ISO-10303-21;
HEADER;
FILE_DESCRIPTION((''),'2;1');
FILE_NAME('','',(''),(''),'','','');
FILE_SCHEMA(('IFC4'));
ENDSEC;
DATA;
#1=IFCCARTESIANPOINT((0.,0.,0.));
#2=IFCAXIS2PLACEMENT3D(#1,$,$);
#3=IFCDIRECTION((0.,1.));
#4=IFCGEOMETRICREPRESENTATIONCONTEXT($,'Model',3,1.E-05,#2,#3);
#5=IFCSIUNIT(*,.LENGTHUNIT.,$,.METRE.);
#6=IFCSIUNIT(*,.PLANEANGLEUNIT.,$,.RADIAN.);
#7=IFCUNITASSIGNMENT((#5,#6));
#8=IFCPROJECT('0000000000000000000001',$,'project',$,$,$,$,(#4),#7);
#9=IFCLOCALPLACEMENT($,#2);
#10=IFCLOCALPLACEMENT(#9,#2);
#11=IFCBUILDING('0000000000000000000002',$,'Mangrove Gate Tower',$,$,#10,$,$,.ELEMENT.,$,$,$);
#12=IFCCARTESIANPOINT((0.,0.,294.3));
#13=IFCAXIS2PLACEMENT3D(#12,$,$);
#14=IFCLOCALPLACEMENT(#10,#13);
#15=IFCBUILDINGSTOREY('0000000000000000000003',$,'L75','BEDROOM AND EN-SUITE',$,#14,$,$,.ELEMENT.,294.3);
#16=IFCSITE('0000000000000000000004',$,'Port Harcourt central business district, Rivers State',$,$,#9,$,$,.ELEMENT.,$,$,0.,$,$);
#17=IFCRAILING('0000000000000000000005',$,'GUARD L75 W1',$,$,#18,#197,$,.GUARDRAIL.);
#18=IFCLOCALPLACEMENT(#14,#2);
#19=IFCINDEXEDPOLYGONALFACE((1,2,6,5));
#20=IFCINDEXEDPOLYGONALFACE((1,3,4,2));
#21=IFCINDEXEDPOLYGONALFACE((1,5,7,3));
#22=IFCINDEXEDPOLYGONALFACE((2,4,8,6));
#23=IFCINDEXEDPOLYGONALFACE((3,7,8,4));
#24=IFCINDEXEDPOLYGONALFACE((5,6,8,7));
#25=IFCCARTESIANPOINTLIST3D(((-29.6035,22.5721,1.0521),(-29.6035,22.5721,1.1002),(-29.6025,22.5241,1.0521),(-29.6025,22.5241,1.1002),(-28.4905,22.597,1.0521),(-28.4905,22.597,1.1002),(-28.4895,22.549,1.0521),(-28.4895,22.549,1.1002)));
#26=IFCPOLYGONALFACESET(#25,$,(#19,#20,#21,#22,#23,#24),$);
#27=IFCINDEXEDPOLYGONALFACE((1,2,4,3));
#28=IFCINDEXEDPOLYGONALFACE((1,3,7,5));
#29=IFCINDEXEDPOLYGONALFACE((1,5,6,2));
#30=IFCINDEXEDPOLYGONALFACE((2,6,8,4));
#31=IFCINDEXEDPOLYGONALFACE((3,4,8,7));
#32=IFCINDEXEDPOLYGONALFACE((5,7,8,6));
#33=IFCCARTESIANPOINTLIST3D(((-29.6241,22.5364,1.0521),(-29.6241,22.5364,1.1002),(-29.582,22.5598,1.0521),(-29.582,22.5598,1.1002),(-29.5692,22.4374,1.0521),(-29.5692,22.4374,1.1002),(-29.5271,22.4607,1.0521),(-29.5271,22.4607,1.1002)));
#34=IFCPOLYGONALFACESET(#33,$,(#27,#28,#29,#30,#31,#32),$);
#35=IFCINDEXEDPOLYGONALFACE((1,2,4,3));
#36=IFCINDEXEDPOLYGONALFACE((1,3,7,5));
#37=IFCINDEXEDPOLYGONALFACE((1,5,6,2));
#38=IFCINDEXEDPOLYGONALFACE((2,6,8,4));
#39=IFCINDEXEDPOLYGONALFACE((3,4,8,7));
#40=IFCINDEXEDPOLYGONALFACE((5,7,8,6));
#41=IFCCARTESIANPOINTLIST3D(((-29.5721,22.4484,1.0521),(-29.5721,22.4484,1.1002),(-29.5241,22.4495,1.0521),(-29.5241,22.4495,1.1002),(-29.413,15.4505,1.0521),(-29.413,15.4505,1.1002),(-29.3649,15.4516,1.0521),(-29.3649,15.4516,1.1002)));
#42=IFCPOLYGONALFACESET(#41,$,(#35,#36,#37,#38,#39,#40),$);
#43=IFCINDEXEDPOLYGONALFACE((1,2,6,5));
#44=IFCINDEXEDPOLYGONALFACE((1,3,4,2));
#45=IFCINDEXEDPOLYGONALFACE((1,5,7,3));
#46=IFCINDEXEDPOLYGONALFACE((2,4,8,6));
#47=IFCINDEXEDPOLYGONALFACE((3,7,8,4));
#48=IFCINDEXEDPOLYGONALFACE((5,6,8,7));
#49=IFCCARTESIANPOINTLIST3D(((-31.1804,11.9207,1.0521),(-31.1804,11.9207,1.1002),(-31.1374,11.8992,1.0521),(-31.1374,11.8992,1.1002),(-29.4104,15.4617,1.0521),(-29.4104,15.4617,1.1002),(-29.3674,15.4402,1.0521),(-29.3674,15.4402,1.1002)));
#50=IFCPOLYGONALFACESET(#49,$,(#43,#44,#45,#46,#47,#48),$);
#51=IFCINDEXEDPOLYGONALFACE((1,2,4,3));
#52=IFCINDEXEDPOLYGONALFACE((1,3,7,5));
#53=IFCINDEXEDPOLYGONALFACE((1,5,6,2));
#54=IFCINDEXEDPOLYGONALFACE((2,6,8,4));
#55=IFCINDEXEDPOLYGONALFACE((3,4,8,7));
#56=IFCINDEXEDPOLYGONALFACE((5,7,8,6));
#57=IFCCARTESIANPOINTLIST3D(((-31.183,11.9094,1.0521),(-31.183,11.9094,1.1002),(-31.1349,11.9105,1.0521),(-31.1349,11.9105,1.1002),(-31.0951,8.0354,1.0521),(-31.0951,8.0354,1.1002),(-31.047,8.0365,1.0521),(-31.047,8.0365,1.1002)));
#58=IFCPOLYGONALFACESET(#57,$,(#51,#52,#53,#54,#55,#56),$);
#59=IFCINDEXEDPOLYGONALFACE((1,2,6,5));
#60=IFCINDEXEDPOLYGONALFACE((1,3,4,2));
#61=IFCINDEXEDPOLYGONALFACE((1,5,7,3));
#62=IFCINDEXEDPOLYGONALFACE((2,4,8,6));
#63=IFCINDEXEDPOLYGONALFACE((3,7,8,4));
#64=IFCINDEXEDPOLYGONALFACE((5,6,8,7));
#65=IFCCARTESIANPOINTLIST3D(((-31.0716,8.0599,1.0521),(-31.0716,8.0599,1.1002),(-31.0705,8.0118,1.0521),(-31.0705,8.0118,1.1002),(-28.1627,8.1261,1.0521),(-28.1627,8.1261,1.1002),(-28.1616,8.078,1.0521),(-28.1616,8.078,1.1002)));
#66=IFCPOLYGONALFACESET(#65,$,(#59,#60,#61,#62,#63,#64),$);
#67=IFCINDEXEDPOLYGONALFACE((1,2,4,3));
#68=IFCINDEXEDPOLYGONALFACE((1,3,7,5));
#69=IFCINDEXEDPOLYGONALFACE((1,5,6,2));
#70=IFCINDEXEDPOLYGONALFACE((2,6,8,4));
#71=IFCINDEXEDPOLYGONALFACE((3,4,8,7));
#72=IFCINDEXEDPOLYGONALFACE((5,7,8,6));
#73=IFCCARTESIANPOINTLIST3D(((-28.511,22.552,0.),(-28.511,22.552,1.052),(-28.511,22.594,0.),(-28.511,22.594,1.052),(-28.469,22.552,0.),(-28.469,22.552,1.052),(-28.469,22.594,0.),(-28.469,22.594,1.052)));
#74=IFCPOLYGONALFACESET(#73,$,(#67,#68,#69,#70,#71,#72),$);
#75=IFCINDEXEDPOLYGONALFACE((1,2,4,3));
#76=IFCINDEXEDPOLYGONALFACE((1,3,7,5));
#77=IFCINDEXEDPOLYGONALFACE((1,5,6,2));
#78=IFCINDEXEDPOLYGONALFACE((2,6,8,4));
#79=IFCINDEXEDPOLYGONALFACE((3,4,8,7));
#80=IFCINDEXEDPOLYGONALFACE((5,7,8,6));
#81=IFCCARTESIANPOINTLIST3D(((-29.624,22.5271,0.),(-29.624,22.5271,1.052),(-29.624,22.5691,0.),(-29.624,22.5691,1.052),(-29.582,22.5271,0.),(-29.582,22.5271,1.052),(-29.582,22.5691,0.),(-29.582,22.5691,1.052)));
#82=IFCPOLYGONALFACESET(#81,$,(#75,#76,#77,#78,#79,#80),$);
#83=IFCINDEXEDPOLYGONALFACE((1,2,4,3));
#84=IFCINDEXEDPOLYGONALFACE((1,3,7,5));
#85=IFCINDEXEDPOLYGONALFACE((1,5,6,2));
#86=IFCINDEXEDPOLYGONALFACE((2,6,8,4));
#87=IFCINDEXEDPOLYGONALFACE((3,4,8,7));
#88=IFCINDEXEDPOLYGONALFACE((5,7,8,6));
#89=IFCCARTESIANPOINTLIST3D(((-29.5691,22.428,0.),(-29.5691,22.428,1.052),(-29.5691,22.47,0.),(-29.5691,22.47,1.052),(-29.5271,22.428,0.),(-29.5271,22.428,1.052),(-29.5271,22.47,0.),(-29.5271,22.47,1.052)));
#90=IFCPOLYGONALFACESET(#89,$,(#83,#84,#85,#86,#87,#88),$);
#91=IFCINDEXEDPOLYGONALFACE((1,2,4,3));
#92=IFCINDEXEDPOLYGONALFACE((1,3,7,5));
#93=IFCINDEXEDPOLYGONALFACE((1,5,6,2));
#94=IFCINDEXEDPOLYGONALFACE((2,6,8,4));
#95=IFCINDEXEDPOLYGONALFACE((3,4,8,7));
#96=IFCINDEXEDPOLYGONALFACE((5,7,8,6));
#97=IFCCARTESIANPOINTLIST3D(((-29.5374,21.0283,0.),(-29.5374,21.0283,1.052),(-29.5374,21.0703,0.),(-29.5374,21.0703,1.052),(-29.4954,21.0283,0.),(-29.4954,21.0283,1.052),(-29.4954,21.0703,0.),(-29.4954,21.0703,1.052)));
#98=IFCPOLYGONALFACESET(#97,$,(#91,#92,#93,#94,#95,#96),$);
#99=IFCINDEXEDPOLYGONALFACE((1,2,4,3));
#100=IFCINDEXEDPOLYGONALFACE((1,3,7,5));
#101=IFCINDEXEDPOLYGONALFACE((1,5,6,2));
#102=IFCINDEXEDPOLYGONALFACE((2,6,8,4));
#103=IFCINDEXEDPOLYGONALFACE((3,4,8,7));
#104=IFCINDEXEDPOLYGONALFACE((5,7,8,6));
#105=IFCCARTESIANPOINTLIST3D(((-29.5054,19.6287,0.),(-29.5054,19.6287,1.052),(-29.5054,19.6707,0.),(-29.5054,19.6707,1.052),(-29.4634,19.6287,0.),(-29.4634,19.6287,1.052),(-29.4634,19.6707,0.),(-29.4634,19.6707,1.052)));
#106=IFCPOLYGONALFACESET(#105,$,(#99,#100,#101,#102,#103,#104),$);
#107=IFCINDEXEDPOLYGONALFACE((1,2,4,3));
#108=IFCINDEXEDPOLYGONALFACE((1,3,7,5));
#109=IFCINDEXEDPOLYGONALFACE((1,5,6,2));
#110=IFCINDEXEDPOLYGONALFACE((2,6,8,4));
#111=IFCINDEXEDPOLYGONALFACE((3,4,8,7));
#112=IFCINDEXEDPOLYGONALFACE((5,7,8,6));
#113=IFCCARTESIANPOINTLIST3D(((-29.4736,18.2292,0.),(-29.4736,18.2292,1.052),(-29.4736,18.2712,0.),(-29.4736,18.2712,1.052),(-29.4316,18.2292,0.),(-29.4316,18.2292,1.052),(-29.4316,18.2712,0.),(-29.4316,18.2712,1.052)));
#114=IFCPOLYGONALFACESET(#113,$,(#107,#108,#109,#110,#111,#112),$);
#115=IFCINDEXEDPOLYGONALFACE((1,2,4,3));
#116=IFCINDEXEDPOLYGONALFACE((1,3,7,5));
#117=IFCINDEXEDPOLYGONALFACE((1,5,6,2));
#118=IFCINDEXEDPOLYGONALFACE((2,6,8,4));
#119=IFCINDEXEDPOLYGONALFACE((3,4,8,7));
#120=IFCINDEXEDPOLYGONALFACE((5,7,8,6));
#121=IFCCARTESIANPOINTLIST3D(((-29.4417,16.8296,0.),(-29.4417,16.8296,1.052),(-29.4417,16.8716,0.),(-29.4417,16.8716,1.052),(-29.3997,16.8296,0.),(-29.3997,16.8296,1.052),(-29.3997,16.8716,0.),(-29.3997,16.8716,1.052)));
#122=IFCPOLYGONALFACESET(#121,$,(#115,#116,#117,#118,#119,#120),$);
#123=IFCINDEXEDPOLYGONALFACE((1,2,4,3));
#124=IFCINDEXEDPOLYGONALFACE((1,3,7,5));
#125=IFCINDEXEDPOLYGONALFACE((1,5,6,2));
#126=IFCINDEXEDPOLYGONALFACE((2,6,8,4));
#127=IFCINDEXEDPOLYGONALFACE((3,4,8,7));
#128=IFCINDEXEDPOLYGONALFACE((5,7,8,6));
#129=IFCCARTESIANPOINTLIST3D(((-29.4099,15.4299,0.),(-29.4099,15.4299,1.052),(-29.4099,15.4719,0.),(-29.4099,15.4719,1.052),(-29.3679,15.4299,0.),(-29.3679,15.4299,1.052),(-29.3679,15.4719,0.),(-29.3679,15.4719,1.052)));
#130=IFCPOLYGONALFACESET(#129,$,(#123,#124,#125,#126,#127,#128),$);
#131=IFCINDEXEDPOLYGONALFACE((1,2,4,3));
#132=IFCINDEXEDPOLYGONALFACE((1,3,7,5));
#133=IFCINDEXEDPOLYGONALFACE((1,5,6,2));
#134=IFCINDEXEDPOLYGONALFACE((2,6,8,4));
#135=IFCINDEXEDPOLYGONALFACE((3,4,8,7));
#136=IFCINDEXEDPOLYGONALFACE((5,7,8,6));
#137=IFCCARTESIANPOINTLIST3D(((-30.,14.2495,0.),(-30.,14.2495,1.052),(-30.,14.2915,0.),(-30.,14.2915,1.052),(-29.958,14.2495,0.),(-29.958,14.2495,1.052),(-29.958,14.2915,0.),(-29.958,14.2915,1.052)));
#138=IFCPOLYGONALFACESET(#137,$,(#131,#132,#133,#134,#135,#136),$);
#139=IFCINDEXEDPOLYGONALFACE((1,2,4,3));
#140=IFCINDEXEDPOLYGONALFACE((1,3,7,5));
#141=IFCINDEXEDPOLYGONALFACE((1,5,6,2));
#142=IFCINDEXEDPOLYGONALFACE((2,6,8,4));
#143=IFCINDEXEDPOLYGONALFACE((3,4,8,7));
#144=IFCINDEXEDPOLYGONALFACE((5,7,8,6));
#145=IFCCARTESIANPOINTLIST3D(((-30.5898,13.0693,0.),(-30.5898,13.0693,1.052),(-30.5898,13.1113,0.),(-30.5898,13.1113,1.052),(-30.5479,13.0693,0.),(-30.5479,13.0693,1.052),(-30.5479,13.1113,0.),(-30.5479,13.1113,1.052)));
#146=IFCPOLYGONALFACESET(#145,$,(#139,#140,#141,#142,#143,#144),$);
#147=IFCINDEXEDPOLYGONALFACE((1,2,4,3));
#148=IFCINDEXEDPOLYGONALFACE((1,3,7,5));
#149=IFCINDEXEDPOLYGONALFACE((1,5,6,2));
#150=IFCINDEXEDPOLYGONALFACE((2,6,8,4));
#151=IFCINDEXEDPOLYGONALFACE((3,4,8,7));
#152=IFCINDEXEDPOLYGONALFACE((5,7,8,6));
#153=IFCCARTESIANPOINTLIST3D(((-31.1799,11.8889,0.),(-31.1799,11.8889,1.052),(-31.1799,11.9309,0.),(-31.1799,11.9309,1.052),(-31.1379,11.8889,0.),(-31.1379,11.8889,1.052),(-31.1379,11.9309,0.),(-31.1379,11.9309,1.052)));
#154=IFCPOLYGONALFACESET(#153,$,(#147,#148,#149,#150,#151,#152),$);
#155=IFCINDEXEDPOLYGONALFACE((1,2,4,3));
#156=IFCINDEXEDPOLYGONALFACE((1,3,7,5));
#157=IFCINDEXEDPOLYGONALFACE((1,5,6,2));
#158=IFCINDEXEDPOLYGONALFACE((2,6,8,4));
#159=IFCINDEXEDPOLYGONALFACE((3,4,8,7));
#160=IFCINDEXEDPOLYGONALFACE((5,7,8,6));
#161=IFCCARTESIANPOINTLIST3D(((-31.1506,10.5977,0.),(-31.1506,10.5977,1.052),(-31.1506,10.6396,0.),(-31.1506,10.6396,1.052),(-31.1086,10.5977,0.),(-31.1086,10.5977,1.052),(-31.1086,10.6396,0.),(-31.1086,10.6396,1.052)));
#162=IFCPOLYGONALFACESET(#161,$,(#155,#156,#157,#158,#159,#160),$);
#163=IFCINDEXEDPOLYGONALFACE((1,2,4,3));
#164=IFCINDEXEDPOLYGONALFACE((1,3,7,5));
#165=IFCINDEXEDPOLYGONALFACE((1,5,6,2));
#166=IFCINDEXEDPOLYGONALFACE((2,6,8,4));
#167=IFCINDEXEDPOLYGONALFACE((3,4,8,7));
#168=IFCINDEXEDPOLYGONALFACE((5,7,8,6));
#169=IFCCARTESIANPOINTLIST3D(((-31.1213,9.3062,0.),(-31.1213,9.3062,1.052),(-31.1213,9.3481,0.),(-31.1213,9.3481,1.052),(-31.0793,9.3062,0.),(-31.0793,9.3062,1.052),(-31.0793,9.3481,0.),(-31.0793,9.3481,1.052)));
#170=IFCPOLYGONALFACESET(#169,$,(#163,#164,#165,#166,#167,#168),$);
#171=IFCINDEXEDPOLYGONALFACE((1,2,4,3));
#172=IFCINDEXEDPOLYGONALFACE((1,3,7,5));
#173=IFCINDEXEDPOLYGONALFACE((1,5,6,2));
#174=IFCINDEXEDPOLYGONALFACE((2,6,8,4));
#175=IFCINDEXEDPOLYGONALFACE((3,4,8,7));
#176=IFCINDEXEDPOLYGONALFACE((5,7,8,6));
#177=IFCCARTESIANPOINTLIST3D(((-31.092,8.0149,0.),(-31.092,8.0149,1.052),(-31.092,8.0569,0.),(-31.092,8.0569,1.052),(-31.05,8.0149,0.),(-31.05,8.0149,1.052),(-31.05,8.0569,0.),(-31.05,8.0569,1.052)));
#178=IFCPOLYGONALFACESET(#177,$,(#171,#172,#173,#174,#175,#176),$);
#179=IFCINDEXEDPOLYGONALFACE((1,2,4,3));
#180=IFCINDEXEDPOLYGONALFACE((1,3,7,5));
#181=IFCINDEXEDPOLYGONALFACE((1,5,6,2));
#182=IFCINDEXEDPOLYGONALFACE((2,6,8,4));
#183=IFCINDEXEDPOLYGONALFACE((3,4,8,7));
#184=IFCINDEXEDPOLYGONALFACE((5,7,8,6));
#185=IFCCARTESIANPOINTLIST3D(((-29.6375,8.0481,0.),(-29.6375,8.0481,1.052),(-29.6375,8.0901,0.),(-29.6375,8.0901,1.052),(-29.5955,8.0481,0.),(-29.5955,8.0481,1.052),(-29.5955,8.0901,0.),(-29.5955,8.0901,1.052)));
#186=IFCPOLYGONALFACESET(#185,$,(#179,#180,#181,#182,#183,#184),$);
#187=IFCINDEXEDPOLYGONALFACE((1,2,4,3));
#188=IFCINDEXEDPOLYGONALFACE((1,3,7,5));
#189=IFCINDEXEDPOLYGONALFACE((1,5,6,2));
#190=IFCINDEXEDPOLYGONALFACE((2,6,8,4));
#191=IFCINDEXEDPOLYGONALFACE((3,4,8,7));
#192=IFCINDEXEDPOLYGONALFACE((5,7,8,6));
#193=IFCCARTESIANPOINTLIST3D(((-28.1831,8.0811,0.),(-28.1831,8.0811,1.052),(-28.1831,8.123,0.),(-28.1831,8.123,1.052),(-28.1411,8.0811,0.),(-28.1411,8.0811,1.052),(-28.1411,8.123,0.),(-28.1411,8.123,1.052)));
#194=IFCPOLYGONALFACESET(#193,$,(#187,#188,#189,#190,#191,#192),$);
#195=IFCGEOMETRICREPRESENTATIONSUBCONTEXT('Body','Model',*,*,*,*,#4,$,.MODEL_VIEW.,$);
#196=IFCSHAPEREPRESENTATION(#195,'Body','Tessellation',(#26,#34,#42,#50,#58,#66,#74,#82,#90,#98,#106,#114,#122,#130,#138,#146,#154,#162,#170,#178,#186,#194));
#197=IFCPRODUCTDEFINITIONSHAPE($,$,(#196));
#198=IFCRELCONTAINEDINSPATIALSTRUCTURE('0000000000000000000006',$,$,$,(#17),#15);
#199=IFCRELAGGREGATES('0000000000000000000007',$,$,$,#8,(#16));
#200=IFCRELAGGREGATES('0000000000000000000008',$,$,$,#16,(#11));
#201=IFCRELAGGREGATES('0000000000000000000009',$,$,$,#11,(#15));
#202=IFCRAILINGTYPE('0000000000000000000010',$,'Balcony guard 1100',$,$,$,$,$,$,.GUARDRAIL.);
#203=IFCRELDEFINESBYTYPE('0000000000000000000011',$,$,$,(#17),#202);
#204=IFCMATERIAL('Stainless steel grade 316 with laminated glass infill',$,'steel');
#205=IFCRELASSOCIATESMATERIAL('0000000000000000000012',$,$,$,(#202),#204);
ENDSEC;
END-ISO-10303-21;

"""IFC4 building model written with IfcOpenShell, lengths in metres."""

from ifc_helpers import new_model, si_unit, direction, frame, origin, origin_2d, place, context, subcontext, project, spatial, rectangle, extrude, material, type_object, element, save


model = new_model("IFC4")

# Units and contexts
model_context = context("Model", 3, precision=1e-05, world=origin(), true_north=direction((0.0, 1.0)))
body_context = subcontext(model_context, "Body", "Model", "MODEL_VIEW")
ifc_project = project(units=[si_unit("LENGTHUNIT", "METRE"), si_unit("PLANEANGLEUNIT", "RADIAN")], contexts=[model_context])

# Site, building, storey
site_placement = place(None, origin())
site = spatial("IfcSite", under=ifc_project, at=site_placement, Name="Port Harcourt central business district, Rivers State", CompositionType="ELEMENT", RefElevation=0.0)
building_placement = place(site_placement, origin())
building = spatial("IfcBuilding", under=site, at=building_placement, Name="Mangrove Gate Tower", CompositionType="ELEMENT")
storey_placement = place(building_placement, frame((0.0, 0.0, 294.3)))
storey = spatial("IfcBuildingStorey", under=building, at=storey_placement, Name="L75", Description="BEDROOM AND EN-SUITE", CompositionType="ELEMENT", Elevation=294.3)

# Railing
ifc_material_1 = material(Name="Stainless steel grade 316 with laminated glass infill", Category="steel")
railing_type = type_object("IfcRailingType", Name="Balcony guard 1100", PredefinedType="GUARDRAIL", material=ifc_material_1)
railing_placement = place(storey_placement, frame((-28.49, 22.573, 0.0)))
element("IfcRailing", 1, at=railing_placement, inside=storey, type_object=railing_type, Name="GUARD L75 W1", PredefinedType="GUARDRAIL", context=body_context, shape_type="SweptSolid", body=[
    extrude(rectangle(XDim=0.0481, YDim=0.0481, at=origin_2d()), frame((0.0, 0.0, 1.0762), z_axis=(-0.99975, -0.022368, 0.0), x_axis=(0.022368, -0.99975, 0.0)), (0.0, 0.0, 1.0), 1.1133),
    extrude(rectangle(XDim=0.0481, YDim=0.0481, at=origin_2d()), frame((-1.113, -0.0249, 1.0762), z_axis=(0.484728, -0.874665, 0.0), x_axis=(0.874665, 0.484728, 0.0)), (0.0, 0.0, 1.0), 0.1133),
    extrude(rectangle(XDim=0.0481, YDim=0.0481, at=origin_2d()), frame((-1.0581, -0.124, 1.0762), z_axis=(0.02274, -0.999741, 0.0), x_axis=(0.999741, 0.02274, 0.0)), (0.0, 0.0, 1.0), 6.9998),
    extrude(rectangle(XDim=0.0481, YDim=0.0481, at=origin_2d()), frame((-0.8989, -7.1221, 1.0762), z_axis=(-0.447115, -0.894477, 0.0), x_axis=(0.894477, -0.447115, 0.0)), (0.0, 0.0, 1.0), 3.9587),
    extrude(rectangle(XDim=0.0481, YDim=0.0481, at=origin_2d()), frame((-2.6689, -10.6631, 1.0762), z_axis=(0.022681, -0.999743, 0.0), x_axis=(0.999743, 0.022681, 0.0)), (0.0, 0.0, 1.0), 3.875),
    extrude(rectangle(XDim=0.0481, YDim=0.0481, at=origin_2d()), frame((-2.5811, -14.5371, 1.0762), z_axis=(0.999741, 0.022739, 0.0), x_axis=(-0.022739, 0.999741, 0.0)), (0.0, 0.0, 1.0), 2.9097),
    extrude(rectangle(XDim=0.042, YDim=0.042, at=origin_2d()), origin(), (0.0, 0.0, 1.0), 1.052),
    extrude(rectangle(XDim=0.042, YDim=0.042, at=origin_2d()), frame((-1.113, -0.0249, 0.0)), (0.0, 0.0, 1.0), 1.052),
    extrude(rectangle(XDim=0.042, YDim=0.042, at=origin_2d()), frame((-1.0581, -0.124, 0.0)), (0.0, 0.0, 1.0), 1.052),
    extrude(rectangle(XDim=0.042, YDim=0.042, at=origin_2d()), frame((-1.0264, -1.5237, 0.0)), (0.0, 0.0, 1.0), 1.052),
    extrude(rectangle(XDim=0.042, YDim=0.042, at=origin_2d()), frame((-0.9944, -2.9233, 0.0)), (0.0, 0.0, 1.0), 1.052),
    extrude(rectangle(XDim=0.042, YDim=0.042, at=origin_2d()), frame((-0.9626, -4.3228, 0.0)), (0.0, 0.0, 1.0), 1.052),
    extrude(rectangle(XDim=0.042, YDim=0.042, at=origin_2d()), frame((-0.9307, -5.7224, 0.0)), (0.0, 0.0, 1.0), 1.052),
    extrude(rectangle(XDim=0.042, YDim=0.042, at=origin_2d()), frame((-0.8989, -7.1221, 0.0)), (0.0, 0.0, 1.0), 1.052),
    extrude(rectangle(XDim=0.042, YDim=0.042, at=origin_2d()), frame((-1.489, -8.3025, 0.0)), (0.0, 0.0, 1.0), 1.052),
    extrude(rectangle(XDim=0.042, YDim=0.042, at=origin_2d()), frame((-2.0789, -9.4827, 0.0)), (0.0, 0.0, 1.0), 1.052),
    extrude(rectangle(XDim=0.042, YDim=0.042, at=origin_2d()), frame((-2.6689, -10.6631, 0.0)), (0.0, 0.0, 1.0), 1.052),
    extrude(rectangle(XDim=0.042, YDim=0.042, at=origin_2d()), frame((-2.6396, -11.9543, 0.0)), (0.0, 0.0, 1.0), 1.052),
    extrude(rectangle(XDim=0.042, YDim=0.042, at=origin_2d()), frame((-2.6104, -13.2458, 0.0)), (0.0, 0.0, 1.0), 1.052),
    extrude(rectangle(XDim=0.042, YDim=0.042, at=origin_2d()), frame((-2.5811, -14.5371, 0.0)), (0.0, 0.0, 1.0), 1.052),
    extrude(rectangle(XDim=0.042, YDim=0.042, at=origin_2d()), frame((-1.1265, -14.5039, 0.0)), (0.0, 0.0, 1.0), 1.052),
    extrude(rectangle(XDim=0.042, YDim=0.042, at=origin_2d()), frame((0.3279, -14.4709, 0.0)), (0.0, 0.0, 1.0), 1.052),
])

save(model, "model.ifc")
